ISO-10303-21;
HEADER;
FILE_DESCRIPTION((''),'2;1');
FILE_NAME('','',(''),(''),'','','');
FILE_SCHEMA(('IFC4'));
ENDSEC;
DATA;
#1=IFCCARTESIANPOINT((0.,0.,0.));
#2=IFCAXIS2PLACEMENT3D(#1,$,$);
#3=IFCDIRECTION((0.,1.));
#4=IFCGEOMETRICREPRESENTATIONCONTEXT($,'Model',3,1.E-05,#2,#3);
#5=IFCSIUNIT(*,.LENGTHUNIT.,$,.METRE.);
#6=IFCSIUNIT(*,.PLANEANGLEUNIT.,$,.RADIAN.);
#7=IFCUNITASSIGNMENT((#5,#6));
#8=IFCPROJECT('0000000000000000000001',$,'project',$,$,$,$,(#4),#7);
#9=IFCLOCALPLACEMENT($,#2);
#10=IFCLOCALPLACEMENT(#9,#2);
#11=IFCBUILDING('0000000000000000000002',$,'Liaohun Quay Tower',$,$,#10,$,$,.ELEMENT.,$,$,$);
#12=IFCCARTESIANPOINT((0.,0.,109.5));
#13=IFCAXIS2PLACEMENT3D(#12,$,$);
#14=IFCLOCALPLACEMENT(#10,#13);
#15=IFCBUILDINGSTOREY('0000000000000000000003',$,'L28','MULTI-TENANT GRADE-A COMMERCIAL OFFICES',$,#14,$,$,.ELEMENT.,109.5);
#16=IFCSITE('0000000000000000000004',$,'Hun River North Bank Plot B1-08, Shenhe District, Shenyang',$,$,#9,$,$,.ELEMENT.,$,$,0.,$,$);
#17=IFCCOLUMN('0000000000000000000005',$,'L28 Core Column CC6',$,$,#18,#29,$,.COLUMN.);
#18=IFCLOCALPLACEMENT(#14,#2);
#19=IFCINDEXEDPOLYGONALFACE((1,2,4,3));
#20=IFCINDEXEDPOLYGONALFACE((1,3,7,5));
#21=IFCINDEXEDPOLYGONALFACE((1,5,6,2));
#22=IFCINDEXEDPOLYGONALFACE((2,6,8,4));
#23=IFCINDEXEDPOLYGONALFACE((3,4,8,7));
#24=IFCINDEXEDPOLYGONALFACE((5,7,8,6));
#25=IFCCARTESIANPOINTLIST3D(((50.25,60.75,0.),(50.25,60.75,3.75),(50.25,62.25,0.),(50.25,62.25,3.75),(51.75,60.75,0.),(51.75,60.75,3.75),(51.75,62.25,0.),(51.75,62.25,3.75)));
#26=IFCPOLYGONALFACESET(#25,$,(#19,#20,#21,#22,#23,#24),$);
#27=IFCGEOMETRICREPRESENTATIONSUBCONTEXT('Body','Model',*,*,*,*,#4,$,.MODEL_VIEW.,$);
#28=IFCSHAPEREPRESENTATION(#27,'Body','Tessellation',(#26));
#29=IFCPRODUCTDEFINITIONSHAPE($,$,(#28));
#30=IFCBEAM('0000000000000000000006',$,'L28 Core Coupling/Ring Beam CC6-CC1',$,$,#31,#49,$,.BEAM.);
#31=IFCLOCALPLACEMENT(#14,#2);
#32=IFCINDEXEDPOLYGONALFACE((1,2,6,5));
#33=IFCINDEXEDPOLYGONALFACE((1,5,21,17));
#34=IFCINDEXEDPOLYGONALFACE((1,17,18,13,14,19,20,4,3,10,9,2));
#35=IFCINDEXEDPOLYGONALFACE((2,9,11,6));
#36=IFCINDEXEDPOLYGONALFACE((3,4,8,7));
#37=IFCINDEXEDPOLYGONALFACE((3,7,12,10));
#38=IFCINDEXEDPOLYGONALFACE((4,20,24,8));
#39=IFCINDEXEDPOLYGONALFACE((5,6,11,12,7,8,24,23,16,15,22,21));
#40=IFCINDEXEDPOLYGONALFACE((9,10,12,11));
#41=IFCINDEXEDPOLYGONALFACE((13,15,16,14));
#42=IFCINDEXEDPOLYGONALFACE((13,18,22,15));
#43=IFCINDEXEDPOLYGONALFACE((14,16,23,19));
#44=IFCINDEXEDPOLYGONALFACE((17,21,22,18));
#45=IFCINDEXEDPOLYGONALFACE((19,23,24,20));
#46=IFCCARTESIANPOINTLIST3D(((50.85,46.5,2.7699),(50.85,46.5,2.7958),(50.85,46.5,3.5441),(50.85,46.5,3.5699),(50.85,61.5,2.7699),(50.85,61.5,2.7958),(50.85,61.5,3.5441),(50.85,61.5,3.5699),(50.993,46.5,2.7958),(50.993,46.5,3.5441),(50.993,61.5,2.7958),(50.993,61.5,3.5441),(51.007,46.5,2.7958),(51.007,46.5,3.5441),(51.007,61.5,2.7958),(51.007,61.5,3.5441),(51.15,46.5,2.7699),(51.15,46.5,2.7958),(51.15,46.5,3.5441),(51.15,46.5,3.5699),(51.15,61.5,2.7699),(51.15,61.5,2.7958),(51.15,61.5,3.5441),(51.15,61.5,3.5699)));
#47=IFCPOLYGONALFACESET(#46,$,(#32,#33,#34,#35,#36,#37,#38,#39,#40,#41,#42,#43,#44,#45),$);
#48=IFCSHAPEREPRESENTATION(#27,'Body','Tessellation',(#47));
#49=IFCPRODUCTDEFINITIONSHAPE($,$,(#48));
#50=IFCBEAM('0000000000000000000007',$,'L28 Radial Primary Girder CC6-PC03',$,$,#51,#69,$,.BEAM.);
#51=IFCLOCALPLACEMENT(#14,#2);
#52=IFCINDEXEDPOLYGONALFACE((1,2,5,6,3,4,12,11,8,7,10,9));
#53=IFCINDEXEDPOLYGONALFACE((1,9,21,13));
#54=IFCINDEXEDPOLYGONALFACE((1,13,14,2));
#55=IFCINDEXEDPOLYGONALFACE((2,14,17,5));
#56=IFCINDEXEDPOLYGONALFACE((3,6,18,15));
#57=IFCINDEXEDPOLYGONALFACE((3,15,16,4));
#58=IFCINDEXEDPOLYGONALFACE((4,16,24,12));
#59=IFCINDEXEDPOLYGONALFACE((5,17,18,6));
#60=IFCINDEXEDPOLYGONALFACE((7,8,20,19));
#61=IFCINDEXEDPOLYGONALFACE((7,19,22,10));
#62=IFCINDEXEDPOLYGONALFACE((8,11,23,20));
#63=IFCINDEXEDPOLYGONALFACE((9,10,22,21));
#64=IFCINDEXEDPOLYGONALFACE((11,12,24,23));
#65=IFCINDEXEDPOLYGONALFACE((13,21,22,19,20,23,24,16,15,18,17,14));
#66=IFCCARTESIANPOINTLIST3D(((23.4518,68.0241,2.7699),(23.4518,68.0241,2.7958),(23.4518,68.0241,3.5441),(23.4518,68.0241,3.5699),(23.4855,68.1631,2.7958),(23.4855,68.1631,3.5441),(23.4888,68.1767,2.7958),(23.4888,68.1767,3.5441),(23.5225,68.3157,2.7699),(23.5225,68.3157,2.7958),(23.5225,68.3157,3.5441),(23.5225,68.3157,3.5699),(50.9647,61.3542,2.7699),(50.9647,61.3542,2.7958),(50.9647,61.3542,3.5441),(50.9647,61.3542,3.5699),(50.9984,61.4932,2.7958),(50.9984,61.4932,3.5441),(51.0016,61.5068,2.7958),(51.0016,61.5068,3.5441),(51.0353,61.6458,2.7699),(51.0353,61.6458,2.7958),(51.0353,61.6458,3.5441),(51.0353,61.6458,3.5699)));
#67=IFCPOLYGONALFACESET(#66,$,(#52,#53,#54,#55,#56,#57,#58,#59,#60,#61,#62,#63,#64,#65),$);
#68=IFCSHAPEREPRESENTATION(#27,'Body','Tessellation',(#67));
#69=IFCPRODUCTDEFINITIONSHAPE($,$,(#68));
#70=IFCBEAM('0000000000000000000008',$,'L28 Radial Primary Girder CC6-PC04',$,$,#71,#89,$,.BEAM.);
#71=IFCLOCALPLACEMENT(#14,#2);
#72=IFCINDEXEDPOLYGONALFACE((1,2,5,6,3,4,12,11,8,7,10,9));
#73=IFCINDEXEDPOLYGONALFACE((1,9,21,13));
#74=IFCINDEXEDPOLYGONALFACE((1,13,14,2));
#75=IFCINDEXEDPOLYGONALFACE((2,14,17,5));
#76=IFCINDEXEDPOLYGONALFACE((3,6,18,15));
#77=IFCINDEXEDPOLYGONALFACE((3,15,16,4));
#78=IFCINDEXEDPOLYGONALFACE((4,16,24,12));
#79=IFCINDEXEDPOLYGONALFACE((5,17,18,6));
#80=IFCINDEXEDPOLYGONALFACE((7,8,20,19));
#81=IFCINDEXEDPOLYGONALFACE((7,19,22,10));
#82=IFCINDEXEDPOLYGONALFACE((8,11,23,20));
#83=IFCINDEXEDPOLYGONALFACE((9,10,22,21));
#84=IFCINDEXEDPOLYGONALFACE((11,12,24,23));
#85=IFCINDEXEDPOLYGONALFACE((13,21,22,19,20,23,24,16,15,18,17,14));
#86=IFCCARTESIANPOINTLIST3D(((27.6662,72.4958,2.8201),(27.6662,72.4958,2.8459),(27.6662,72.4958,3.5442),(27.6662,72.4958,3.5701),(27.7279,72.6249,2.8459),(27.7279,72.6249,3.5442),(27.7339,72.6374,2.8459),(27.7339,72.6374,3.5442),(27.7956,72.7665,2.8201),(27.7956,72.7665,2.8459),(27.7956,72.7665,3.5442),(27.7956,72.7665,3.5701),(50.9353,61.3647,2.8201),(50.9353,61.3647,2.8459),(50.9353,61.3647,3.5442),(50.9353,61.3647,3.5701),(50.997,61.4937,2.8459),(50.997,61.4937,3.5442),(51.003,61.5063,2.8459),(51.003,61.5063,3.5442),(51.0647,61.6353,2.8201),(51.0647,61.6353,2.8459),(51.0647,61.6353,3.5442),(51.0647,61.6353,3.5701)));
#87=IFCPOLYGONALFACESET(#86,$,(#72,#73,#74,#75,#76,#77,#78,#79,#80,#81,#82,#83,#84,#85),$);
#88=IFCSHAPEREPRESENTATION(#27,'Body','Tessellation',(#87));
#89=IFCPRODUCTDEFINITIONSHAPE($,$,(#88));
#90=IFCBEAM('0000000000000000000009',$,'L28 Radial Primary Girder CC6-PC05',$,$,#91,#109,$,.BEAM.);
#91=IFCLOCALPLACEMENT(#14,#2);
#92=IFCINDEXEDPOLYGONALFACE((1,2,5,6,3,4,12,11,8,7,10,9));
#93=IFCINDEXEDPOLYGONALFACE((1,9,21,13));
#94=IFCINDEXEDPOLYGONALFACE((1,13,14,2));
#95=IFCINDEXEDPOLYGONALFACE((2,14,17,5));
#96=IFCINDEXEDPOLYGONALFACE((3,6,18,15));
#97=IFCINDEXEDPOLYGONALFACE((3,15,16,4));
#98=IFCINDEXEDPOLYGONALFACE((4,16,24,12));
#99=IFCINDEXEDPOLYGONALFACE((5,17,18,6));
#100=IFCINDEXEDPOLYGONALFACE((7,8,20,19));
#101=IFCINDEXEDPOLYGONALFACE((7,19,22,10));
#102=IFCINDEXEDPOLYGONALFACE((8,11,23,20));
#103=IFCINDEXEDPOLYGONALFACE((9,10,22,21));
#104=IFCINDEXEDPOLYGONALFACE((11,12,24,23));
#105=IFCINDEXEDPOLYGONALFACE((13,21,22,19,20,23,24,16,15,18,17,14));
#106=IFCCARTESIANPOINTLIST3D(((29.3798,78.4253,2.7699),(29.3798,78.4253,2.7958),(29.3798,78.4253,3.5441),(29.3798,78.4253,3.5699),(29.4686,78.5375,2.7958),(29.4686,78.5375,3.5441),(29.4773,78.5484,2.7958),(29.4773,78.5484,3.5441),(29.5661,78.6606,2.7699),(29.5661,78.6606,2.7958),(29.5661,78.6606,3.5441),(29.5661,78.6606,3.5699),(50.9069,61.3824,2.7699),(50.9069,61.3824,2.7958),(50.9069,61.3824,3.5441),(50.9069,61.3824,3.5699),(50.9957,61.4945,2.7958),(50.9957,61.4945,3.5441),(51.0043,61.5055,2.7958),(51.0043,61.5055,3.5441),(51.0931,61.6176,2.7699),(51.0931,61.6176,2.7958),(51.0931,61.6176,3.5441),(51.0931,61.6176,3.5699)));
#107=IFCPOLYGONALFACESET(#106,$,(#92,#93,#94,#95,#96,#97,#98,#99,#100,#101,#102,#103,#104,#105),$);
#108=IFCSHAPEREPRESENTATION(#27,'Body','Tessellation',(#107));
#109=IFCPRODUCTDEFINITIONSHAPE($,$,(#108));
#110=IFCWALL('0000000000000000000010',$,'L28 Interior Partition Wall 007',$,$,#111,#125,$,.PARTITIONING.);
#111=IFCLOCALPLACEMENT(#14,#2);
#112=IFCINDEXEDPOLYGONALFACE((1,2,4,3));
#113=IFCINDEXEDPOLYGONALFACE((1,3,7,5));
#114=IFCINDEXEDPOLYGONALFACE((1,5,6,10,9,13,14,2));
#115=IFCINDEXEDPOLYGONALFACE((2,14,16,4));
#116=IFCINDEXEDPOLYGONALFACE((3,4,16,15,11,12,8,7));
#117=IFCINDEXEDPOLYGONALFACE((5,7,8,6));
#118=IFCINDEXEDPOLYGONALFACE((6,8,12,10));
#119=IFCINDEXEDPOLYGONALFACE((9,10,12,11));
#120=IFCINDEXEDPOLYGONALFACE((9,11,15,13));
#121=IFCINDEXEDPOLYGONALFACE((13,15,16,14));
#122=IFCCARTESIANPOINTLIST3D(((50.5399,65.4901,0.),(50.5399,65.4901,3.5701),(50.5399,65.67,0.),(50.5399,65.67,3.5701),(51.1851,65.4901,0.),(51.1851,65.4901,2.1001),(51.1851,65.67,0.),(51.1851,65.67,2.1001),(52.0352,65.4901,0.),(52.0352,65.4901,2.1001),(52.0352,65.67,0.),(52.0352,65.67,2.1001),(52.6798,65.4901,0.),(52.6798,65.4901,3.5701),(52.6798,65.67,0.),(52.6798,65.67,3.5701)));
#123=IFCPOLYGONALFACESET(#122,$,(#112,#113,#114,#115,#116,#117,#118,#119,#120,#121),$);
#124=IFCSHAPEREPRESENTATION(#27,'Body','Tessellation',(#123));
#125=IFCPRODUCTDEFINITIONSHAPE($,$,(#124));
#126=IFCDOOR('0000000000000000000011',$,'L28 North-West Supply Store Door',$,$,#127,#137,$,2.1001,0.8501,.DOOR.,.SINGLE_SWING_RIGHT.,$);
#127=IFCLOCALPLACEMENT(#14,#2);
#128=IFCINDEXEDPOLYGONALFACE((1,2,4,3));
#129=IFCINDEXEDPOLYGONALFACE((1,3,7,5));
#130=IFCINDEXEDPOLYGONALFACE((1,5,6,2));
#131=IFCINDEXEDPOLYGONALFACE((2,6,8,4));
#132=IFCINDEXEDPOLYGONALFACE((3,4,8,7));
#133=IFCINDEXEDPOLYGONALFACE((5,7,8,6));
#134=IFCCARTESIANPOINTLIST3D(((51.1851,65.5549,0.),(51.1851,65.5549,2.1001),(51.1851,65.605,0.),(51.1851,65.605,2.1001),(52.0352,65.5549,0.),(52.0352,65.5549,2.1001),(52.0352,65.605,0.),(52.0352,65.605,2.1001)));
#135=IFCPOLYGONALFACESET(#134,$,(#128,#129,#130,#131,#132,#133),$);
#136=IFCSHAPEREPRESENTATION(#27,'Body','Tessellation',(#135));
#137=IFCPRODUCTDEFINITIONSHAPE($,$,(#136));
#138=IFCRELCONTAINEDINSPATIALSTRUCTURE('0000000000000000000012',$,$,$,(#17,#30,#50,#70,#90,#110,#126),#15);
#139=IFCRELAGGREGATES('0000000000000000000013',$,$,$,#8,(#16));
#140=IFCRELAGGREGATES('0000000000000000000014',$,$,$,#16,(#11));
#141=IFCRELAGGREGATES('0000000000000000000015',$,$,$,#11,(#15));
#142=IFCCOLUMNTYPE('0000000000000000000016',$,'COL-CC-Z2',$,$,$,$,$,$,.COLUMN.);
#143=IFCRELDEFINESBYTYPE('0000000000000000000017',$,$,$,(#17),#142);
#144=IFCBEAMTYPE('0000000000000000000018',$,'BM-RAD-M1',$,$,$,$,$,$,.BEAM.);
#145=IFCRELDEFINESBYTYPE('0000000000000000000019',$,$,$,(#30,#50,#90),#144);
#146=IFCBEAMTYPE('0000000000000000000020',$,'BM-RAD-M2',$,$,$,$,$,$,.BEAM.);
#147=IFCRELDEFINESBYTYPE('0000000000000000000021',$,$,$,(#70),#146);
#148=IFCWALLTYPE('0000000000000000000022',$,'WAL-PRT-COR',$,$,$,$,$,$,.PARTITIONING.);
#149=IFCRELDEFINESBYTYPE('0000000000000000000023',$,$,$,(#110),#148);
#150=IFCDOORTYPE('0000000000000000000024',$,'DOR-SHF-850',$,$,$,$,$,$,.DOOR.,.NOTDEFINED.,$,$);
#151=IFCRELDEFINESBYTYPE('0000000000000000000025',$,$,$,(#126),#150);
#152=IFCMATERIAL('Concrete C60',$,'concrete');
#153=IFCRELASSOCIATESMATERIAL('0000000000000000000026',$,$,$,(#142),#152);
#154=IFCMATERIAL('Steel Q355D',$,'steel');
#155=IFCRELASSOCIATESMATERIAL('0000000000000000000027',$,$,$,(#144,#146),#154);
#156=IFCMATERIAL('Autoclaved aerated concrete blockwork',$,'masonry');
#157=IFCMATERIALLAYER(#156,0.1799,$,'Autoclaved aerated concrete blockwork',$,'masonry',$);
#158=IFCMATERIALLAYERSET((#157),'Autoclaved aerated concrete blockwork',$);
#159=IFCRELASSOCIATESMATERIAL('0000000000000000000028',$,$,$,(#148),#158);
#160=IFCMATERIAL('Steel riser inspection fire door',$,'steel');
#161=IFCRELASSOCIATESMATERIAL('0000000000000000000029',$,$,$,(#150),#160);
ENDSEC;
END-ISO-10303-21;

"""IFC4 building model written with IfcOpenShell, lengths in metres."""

from ifc_helpers import new_model, si_unit, direction, frame, frame_2d, origin, origin_2d, place, context, subcontext, project, spatial, rectangle, i_section, extrude, source, transform, mapped, material, layer, layer_set, material_profile, profile_set, type_object, element, fill, save


model = new_model("IFC4")

# Units and contexts
model_context = context("Model", 3, precision=1e-05, world=origin(), true_north=direction((0.0, 1.0)))
body_context = subcontext(model_context, "Body", "Model", "MODEL_VIEW")
ifc_project = project(units=[si_unit("LENGTHUNIT", "METRE"), si_unit("PLANEANGLEUNIT", "RADIAN")], contexts=[model_context])

# Site, building, storey
site_placement = place(None, origin())
site = spatial("IfcSite", under=ifc_project, at=site_placement, Name="Hun River North Bank Plot B1-08, Shenhe District, Shenyang", CompositionType="ELEMENT", RefElevation=0.0)
building_placement = place(site_placement, origin())
building = spatial("IfcBuilding", under=site, at=building_placement, Name="Liaohun Quay Tower", CompositionType="ELEMENT")
storey_placement = place(building_placement, frame((0.0, 0.0, 109.5)))
storey = spatial("IfcBuildingStorey", under=building, at=storey_placement, Name="L28", Description="MULTI-TENANT GRADE-A COMMERCIAL OFFICES", CompositionType="ELEMENT", Elevation=109.5)

# Column
ifc_material_1 = material(Name="Concrete C60", Category="concrete")
ifc_material_profile_1 = material_profile(ifc_material_1, rectangle(XDim=1.5, YDim=1.5, at=origin_2d()), Name="RC1500x1500")
ifc_profile_set_1 = profile_set([ifc_material_profile_1], Name="Concrete C60")
column_type = type_object("IfcColumnType", Name="COL-CC-Z2", PredefinedType="COLUMN", material=ifc_profile_set_1)
shared_shape_1 = source(origin(), body_context, "Body", "SweptSolid", [
    extrude(rectangle(XDim=1.5, YDim=1.5, at=origin_2d()), origin(), (0.0, 0.0, 1.0), 3.75),
])
column_placement = place(storey_placement, frame((51.0, 61.5, 0.0), z_axis=(0.0, 0.0, 1.0), x_axis=(1.0, 0.0, 0.0)))
element("IfcColumn", 1, at=column_placement, inside=storey, type_object=column_type, Name="L28 Core Column CC6", PredefinedType="COLUMN", context=body_context, shape_type="MappedRepresentation", body=[
    mapped(shared_shape_1, transform((0.0, 0.0, 0.0), x_axis=(1.0, 0.0, 0.0), y_axis=(0.0, 1.0, 0.0), z_axis=(0.0, 0.0, 1.0), scale=1.0)),
])

# Beams
ifc_material_2 = material(Name="Steel Q355D", Category="steel")
ifc_material_profile_2 = material_profile(ifc_material_2, i_section(OverallWidth=0.3, OverallDepth=0.8, WebThickness=0.0139, FlangeThickness=0.0259, at=origin_2d()), Name="HN800x300x14x26")
ifc_profile_set_2 = profile_set([ifc_material_profile_2], Name="Steel Q355D")
beam_type_1 = type_object("IfcBeamType", Name="BM-RAD-M1", PredefinedType="BEAM", material=ifc_profile_set_2)
shared_shape_2 = source(origin(), body_context, "Body", "SweptSolid", [
    extrude(i_section(OverallWidth=0.3, OverallDepth=0.8, WebThickness=0.0139, FlangeThickness=0.0259, at=origin_2d()), origin(), (0.0, 0.0, 1.0), 15.0),
])
beam_1_placement = place(storey_placement, frame((51.0, 61.5, 3.1699), z_axis=(0.0, -1.0, 0.0), x_axis=(1.0, 0.0, 0.0)))
element("IfcBeam", 2, at=beam_1_placement, inside=storey, type_object=beam_type_1, Name="L28 Core Coupling/Ring Beam CC6-CC1", PredefinedType="BEAM", context=body_context, shape_type="MappedRepresentation", body=[
    mapped(shared_shape_2, transform((0.0, 0.0, 0.0), x_axis=(1.0, 0.0, 0.0), y_axis=(0.0, 1.0, 0.0), z_axis=(0.0, 0.0, 1.0), scale=1.0)),
])
shared_shape_3 = source(origin(), body_context, "Body", "SweptSolid", [
    extrude(i_section(OverallWidth=0.3, OverallDepth=0.8, WebThickness=0.0139, FlangeThickness=0.0259, at=origin_2d()), origin(), (0.0, 0.0, 1.0), 28.3098),
])
beam_2_placement = place(storey_placement, frame((51.0, 61.5, 3.1699), z_axis=(-0.971849, 0.235604, 0.0), x_axis=(-0.235604, -0.971849, 0.0)))
element("IfcBeam", 3, at=beam_2_placement, inside=storey, type_object=beam_type_1, Name="L28 Radial Primary Girder CC6-PC03", PredefinedType="BEAM", context=body_context, shape_type="MappedRepresentation", body=[
    mapped(shared_shape_3, transform((0.0, 0.0, 0.0), x_axis=(1.0, 0.0, 0.0), y_axis=(0.0, 1.0, 0.0), z_axis=(0.0, 0.0, 1.0), scale=1.0)),
])
ifc_material_profile_3 = material_profile(ifc_material_2, i_section(OverallWidth=0.3, OverallDepth=0.75, WebThickness=0.0139, FlangeThickness=0.0259, at=origin_2d()), Name="HN750x300x14x26")
ifc_profile_set_3 = profile_set([ifc_material_profile_3], Name="Steel Q355D")
beam_type_2 = type_object("IfcBeamType", Name="BM-RAD-M2", PredefinedType="BEAM", material=ifc_profile_set_3)
shared_shape_4 = source(origin(), body_context, "Body", "SweptSolid", [
    extrude(i_section(OverallWidth=0.3, OverallDepth=0.75, WebThickness=0.0139, FlangeThickness=0.0259, at=origin_2d()), origin(), (0.0, 0.0, 1.0), 25.7944),
])
beam_3_placement = place(storey_placement, frame((51.0, 61.5, 3.1951), z_axis=(-0.902098, 0.431532, 0.0), x_axis=(-0.431532, -0.902098, 0.0)))
element("IfcBeam", 4, at=beam_3_placement, inside=storey, type_object=beam_type_2, Name="L28 Radial Primary Girder CC6-PC04", PredefinedType="BEAM", context=body_context, shape_type="MappedRepresentation", body=[
    mapped(shared_shape_4, transform((0.0, 0.0, 0.0), x_axis=(1.0, 0.0, 0.0), y_axis=(0.0, 1.0, 0.0), z_axis=(0.0, 0.0, 1.0), scale=1.0)),
])
shared_shape_5 = source(origin(), body_context, "Body", "SweptSolid", [
    extrude(i_section(OverallWidth=0.3, OverallDepth=0.8, WebThickness=0.0139, FlangeThickness=0.0259, at=origin_2d()), origin(), (0.0, 0.0, 1.0), 27.4568),
])
beam_4_placement = place(storey_placement, frame((51.0, 61.5, 3.1699), z_axis=(-0.784034, 0.620718, 0.0), x_axis=(-0.620718, -0.784034, 0.0)))
element("IfcBeam", 5, at=beam_4_placement, inside=storey, type_object=beam_type_1, Name="L28 Radial Primary Girder CC6-PC05", PredefinedType="BEAM", context=body_context, shape_type="MappedRepresentation", body=[
    mapped(shared_shape_5, transform((0.0, 0.0, 0.0), x_axis=(1.0, 0.0, 0.0), y_axis=(0.0, 1.0, 0.0), z_axis=(0.0, 0.0, 1.0), scale=1.0)),
])

# Wall, opening, door
ifc_material_3 = material(Name="Autoclaved aerated concrete blockwork", Category="masonry")
ifc_layer_1 = layer(ifc_material_3, 0.1799, Name="Autoclaved aerated concrete blockwork", Category="masonry")
ifc_layer_set_1 = layer_set([ifc_layer_1], Name="Autoclaved aerated concrete blockwork")
wall_type_1 = type_object("IfcWallType", Name="WAL-PRT-COR", PredefinedType="PARTITIONING", material=ifc_layer_set_1)
wall_1_placement = place(storey_placement, frame((50.54, 65.5801, 0.0), z_axis=(0.0, 0.0, 1.0), x_axis=(1.0, 0.0, 0.0)))
wall_1 = element("IfcWall", 6, at=wall_1_placement, inside=storey, type_object=wall_type_1, Name="L28 Interior Partition Wall 007", PredefinedType="PARTITIONING", context=body_context, shape_type="SweptSolid", body=[
    extrude(rectangle(XDim=2.1399, YDim=0.1799, at=frame_2d((1.0698, 0.0))), origin(), (0.0, 0.0, 1.0), 3.5701),
])
shared_shape_6 = source(origin(), body_context, "Body", "SweptSolid", [
    extrude(rectangle(XDim=0.8501, YDim=2.1001, at=frame_2d((0.425, 1.05))), frame((0.0, 0.0999, 0.0), z_axis=(0.0, -1.0, 0.0), x_axis=(1.0, 0.0, 0.0)), (0.0, 0.0, 1.0), 0.2),
])
opening_1_placement = place(wall_1_placement, frame((0.645, 0.0, 0.0)))
opening_1 = element("IfcOpeningElement", 7, at=opening_1_placement, cuts=wall_1, PredefinedType="OPENING", context=body_context, shape_type="MappedRepresentation", body=[
    mapped(shared_shape_6, transform((0.0, 0.0, 0.0), x_axis=(1.0, 0.0, 0.0), y_axis=(0.0, 1.0, 0.0), z_axis=(0.0, 0.0, 1.0), scale=1.0)),
])
ifc_material_4 = material(Name="Steel riser inspection fire door", Category="steel")
door_type_1 = type_object("IfcDoorType", Name="DOR-SHF-850", OperationType="NOTDEFINED", PredefinedType="DOOR", material=ifc_material_4)
shared_shape_7 = source(origin(), body_context, "Body", "SweptSolid", [
    extrude(rectangle(XDim=0.8501, YDim=2.1001, at=frame_2d((0.425, 1.05))), frame((0.0, 0.0249, 0.0), z_axis=(0.0, -1.0, 0.0), x_axis=(1.0, 0.0, 0.0)), (0.0, 0.0, 1.0), 0.05),
])
door_1_placement = place(opening_1_placement, origin())
door_1 = element("IfcDoor", 8, at=door_1_placement, inside=storey, type_object=door_type_1, Name="L28 North-West Supply Store Door", OperationType="SINGLE_SWING_RIGHT", OverallHeight=2.1001, OverallWidth=0.8501, PredefinedType="DOOR", context=body_context, shape_type="MappedRepresentation", body=[
    mapped(shared_shape_7, transform((0.0, 0.0, 0.0), x_axis=(1.0, 0.0, 0.0), y_axis=(0.0, 1.0, 0.0), z_axis=(0.0, 0.0, 1.0), scale=1.0)),
])
fill(opening_1, door_1)

save(model, "model.ifc")
